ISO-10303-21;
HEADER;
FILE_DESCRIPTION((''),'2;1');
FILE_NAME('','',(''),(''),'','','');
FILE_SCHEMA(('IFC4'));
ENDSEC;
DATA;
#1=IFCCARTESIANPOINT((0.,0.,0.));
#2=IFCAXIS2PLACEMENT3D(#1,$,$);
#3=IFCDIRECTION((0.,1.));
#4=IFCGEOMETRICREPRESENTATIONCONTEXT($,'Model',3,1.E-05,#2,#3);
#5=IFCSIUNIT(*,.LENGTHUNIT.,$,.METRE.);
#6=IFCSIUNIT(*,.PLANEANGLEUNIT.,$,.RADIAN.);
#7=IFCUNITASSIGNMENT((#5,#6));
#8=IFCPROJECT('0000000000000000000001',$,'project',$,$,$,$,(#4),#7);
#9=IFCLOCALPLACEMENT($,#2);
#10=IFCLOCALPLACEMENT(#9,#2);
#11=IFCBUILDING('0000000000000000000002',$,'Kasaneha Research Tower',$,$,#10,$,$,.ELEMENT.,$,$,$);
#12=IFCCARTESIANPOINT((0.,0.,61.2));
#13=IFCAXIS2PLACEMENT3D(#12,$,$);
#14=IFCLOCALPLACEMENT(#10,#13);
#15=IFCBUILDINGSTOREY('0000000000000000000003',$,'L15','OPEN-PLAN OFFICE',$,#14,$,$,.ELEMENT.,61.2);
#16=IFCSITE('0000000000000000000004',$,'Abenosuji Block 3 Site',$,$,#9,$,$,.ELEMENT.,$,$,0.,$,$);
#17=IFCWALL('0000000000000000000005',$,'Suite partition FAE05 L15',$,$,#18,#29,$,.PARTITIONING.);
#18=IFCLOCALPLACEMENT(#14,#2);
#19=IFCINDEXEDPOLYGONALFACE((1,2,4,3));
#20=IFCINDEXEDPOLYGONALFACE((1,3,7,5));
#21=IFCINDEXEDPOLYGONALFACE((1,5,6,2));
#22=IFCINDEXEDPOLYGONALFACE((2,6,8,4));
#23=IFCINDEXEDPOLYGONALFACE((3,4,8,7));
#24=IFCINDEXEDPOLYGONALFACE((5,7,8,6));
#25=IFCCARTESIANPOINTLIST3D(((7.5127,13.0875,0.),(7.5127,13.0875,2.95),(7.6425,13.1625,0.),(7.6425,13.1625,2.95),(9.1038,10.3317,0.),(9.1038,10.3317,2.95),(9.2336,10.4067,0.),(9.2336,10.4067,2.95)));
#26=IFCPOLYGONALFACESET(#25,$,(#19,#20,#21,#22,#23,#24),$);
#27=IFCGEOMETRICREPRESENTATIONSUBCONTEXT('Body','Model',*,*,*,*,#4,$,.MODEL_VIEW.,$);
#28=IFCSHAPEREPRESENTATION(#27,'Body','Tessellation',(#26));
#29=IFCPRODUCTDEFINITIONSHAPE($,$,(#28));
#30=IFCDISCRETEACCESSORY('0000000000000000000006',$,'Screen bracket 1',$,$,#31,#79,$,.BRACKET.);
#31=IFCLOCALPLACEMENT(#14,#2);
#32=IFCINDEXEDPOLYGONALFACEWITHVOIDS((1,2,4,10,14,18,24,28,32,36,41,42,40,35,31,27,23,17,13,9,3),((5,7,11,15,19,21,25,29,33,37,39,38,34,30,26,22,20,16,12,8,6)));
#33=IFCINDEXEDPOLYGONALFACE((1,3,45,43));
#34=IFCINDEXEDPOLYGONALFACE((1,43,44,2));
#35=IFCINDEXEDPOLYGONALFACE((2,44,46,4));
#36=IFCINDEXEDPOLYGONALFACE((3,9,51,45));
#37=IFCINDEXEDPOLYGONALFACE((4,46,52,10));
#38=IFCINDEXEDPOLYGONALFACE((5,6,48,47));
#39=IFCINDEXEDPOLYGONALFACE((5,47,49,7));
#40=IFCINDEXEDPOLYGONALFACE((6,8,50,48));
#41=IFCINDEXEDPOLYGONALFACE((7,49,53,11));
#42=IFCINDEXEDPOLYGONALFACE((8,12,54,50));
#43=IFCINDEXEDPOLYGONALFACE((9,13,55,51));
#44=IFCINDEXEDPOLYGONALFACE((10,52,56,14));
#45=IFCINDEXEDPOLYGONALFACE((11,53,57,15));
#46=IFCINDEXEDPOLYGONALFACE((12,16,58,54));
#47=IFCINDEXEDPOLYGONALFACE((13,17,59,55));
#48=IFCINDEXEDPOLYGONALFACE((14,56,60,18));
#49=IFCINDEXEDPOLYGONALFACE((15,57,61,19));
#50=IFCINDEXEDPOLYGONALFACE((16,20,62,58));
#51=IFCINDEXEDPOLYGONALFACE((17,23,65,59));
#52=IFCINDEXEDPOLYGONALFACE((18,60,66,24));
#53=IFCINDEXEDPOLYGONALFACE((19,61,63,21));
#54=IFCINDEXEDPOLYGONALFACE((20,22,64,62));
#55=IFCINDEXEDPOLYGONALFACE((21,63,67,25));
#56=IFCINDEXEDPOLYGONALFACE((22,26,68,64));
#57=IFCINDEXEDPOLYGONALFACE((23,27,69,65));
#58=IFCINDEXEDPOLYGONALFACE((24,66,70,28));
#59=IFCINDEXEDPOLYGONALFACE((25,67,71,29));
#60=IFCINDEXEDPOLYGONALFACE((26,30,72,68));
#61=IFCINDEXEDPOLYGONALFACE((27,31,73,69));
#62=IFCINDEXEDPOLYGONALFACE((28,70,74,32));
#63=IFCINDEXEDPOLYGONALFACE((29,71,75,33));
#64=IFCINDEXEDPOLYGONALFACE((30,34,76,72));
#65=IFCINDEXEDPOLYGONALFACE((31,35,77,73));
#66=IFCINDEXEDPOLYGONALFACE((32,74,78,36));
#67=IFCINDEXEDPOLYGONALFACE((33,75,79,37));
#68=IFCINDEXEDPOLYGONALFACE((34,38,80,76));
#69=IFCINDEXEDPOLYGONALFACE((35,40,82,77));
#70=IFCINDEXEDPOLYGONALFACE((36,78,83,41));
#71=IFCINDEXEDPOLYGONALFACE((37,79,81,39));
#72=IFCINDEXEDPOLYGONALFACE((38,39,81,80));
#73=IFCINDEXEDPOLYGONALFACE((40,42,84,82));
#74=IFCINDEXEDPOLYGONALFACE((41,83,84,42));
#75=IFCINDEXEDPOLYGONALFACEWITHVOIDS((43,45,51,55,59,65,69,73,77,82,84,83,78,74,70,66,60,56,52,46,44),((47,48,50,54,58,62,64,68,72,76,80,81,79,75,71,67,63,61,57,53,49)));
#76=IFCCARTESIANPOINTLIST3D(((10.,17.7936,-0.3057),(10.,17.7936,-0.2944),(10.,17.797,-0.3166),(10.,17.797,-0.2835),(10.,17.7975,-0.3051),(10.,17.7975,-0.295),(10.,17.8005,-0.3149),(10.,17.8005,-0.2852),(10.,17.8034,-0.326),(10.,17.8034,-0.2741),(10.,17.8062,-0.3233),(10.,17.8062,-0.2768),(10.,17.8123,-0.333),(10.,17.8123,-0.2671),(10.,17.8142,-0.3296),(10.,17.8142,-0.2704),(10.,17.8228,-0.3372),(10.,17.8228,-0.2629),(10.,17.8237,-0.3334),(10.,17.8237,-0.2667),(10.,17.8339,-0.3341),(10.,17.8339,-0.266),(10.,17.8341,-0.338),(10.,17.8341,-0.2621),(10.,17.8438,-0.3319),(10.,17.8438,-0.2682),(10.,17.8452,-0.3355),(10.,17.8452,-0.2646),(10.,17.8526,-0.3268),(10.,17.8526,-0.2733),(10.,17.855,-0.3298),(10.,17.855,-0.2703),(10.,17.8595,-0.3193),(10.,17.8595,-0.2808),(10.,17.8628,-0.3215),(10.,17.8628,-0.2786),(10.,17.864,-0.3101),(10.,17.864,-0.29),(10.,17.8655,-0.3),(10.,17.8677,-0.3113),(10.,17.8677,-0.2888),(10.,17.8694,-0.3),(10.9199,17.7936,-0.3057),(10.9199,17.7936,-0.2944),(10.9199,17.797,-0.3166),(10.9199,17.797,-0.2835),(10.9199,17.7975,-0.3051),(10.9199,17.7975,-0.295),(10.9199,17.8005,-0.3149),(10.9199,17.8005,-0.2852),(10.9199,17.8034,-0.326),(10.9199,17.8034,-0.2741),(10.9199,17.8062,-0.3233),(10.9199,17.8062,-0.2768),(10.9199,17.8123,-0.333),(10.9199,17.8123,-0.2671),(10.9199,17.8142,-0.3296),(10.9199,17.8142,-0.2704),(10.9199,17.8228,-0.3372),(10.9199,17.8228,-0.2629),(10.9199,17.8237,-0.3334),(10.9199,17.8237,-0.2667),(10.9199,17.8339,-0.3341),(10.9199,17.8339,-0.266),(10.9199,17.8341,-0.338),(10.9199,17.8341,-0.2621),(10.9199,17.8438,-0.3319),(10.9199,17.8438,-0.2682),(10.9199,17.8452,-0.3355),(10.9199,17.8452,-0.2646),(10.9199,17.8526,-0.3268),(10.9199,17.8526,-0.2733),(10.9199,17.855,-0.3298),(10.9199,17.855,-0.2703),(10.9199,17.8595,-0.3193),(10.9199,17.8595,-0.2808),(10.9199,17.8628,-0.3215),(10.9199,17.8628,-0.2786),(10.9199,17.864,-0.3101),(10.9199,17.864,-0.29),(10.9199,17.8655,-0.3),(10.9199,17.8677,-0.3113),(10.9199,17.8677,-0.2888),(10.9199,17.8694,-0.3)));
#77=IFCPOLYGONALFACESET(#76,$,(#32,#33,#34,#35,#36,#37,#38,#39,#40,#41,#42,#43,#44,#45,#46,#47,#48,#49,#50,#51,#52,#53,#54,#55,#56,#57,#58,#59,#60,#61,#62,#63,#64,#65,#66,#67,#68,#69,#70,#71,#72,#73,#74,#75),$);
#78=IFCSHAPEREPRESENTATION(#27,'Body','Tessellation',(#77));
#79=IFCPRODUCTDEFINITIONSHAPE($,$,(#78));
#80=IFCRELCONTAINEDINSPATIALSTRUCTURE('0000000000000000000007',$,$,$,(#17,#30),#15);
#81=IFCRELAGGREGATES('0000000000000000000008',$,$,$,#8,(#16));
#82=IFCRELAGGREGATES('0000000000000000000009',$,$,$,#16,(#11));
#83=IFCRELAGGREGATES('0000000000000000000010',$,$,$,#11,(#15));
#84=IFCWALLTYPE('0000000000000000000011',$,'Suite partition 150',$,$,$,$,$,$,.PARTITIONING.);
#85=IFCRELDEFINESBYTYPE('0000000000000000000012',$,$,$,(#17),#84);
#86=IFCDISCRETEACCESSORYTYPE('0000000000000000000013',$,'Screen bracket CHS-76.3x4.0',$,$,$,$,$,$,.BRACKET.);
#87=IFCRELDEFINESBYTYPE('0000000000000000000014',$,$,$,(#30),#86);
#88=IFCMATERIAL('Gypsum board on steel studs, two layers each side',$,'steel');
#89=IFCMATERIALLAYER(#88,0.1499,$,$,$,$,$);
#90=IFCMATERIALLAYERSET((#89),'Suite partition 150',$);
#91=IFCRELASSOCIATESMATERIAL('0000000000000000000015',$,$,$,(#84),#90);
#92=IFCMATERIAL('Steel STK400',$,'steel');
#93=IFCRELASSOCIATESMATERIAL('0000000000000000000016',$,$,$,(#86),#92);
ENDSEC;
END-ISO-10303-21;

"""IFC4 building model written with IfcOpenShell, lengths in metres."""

from ifc_helpers import new_model, si_unit, direction, frame, frame_2d, origin, origin_2d, place, context, subcontext, project, spatial, rectangle, hollow_circle, extrude, material, layer, layer_set, material_profile, profile_set, type_object, element, save


model = new_model("IFC4")

# Units and contexts
model_context = context("Model", 3, precision=1e-05, world=origin(), true_north=direction((0.0, 1.0)))
body_context = subcontext(model_context, "Body", "Model", "MODEL_VIEW")
ifc_project = project(units=[si_unit("LENGTHUNIT", "METRE"), si_unit("PLANEANGLEUNIT", "RADIAN")], contexts=[model_context])

# Site, building, storey
site_placement = place(None, origin())
site = spatial("IfcSite", under=ifc_project, at=site_placement, Name="Abenosuji Block 3 Site", CompositionType="ELEMENT", RefElevation=0.0)
building_placement = place(site_placement, origin())
building = spatial("IfcBuilding", under=site, at=building_placement, Name="Kasaneha Research Tower", CompositionType="ELEMENT")
storey_placement = place(building_placement, frame((0.0, 0.0, 61.2)))
storey = spatial("IfcBuildingStorey", under=building, at=storey_placement, Name="L15", Description="OPEN-PLAN OFFICE", CompositionType="ELEMENT", Elevation=61.2)

# Shared definitions
ifc_material_1 = material(Name="Gypsum board on steel studs, two layers each side", Category="steel")
ifc_layer_1 = layer(ifc_material_1, 0.1499)
ifc_layer_set_1 = layer_set([ifc_layer_1], Name="Suite partition 150")
wall_type_1 = type_object("IfcWallType", Name="Suite partition 150", PredefinedType="PARTITIONING", material=ifc_layer_set_1)

# Wall
wall_1_placement = place(storey_placement, frame((7.5776, 13.125, 0.0), z_axis=(0.0, 0.0, 1.0), x_axis=(0.499993, -0.86603, 0.0)))
element("IfcWall", 1, at=wall_1_placement, inside=storey, type_object=wall_type_1, Name="Suite partition FAE05 L15", PredefinedType="PARTITIONING", context=body_context, shape_type="SweptSolid", body=[
    extrude(rectangle(XDim=3.1821, YDim=0.1499, at=frame_2d((1.5911, 0.0))), origin(), (0.0, 0.0, 1.0), 2.95),
])

# Discrete accessory
ifc_material_2 = material(Name="Steel STK400", Category="steel")
ifc_material_profile_1 = material_profile(ifc_material_2, hollow_circle(Radius=0.0381, WallThickness=0.0039, at=origin_2d()), Name="CHS-76.3x4.0")
ifc_profile_set_1 = profile_set([ifc_material_profile_1], Name="Steel STK400")
discrete_accessory_type = type_object("IfcDiscreteAccessoryType", Name="Screen bracket CHS-76.3x4.0", PredefinedType="BRACKET", material=ifc_profile_set_1)
discrete_accessory_placement = place(storey_placement, frame((10.0, 17.8313, -0.3), z_axis=(1.0, 0.0, 0.0), x_axis=(0.0, 1.0, 0.0)))
element("IfcDiscreteAccessory", 2, at=discrete_accessory_placement, inside=storey, type_object=discrete_accessory_type, Name="Screen bracket 1", PredefinedType="BRACKET", context=body_context, shape_type="SweptSolid", body=[
    extrude(hollow_circle(Radius=0.0381, WallThickness=0.0039, at=origin_2d()), origin(), (0.0, 0.0, 1.0), 0.9199),
])

save(model, "model.ifc")
